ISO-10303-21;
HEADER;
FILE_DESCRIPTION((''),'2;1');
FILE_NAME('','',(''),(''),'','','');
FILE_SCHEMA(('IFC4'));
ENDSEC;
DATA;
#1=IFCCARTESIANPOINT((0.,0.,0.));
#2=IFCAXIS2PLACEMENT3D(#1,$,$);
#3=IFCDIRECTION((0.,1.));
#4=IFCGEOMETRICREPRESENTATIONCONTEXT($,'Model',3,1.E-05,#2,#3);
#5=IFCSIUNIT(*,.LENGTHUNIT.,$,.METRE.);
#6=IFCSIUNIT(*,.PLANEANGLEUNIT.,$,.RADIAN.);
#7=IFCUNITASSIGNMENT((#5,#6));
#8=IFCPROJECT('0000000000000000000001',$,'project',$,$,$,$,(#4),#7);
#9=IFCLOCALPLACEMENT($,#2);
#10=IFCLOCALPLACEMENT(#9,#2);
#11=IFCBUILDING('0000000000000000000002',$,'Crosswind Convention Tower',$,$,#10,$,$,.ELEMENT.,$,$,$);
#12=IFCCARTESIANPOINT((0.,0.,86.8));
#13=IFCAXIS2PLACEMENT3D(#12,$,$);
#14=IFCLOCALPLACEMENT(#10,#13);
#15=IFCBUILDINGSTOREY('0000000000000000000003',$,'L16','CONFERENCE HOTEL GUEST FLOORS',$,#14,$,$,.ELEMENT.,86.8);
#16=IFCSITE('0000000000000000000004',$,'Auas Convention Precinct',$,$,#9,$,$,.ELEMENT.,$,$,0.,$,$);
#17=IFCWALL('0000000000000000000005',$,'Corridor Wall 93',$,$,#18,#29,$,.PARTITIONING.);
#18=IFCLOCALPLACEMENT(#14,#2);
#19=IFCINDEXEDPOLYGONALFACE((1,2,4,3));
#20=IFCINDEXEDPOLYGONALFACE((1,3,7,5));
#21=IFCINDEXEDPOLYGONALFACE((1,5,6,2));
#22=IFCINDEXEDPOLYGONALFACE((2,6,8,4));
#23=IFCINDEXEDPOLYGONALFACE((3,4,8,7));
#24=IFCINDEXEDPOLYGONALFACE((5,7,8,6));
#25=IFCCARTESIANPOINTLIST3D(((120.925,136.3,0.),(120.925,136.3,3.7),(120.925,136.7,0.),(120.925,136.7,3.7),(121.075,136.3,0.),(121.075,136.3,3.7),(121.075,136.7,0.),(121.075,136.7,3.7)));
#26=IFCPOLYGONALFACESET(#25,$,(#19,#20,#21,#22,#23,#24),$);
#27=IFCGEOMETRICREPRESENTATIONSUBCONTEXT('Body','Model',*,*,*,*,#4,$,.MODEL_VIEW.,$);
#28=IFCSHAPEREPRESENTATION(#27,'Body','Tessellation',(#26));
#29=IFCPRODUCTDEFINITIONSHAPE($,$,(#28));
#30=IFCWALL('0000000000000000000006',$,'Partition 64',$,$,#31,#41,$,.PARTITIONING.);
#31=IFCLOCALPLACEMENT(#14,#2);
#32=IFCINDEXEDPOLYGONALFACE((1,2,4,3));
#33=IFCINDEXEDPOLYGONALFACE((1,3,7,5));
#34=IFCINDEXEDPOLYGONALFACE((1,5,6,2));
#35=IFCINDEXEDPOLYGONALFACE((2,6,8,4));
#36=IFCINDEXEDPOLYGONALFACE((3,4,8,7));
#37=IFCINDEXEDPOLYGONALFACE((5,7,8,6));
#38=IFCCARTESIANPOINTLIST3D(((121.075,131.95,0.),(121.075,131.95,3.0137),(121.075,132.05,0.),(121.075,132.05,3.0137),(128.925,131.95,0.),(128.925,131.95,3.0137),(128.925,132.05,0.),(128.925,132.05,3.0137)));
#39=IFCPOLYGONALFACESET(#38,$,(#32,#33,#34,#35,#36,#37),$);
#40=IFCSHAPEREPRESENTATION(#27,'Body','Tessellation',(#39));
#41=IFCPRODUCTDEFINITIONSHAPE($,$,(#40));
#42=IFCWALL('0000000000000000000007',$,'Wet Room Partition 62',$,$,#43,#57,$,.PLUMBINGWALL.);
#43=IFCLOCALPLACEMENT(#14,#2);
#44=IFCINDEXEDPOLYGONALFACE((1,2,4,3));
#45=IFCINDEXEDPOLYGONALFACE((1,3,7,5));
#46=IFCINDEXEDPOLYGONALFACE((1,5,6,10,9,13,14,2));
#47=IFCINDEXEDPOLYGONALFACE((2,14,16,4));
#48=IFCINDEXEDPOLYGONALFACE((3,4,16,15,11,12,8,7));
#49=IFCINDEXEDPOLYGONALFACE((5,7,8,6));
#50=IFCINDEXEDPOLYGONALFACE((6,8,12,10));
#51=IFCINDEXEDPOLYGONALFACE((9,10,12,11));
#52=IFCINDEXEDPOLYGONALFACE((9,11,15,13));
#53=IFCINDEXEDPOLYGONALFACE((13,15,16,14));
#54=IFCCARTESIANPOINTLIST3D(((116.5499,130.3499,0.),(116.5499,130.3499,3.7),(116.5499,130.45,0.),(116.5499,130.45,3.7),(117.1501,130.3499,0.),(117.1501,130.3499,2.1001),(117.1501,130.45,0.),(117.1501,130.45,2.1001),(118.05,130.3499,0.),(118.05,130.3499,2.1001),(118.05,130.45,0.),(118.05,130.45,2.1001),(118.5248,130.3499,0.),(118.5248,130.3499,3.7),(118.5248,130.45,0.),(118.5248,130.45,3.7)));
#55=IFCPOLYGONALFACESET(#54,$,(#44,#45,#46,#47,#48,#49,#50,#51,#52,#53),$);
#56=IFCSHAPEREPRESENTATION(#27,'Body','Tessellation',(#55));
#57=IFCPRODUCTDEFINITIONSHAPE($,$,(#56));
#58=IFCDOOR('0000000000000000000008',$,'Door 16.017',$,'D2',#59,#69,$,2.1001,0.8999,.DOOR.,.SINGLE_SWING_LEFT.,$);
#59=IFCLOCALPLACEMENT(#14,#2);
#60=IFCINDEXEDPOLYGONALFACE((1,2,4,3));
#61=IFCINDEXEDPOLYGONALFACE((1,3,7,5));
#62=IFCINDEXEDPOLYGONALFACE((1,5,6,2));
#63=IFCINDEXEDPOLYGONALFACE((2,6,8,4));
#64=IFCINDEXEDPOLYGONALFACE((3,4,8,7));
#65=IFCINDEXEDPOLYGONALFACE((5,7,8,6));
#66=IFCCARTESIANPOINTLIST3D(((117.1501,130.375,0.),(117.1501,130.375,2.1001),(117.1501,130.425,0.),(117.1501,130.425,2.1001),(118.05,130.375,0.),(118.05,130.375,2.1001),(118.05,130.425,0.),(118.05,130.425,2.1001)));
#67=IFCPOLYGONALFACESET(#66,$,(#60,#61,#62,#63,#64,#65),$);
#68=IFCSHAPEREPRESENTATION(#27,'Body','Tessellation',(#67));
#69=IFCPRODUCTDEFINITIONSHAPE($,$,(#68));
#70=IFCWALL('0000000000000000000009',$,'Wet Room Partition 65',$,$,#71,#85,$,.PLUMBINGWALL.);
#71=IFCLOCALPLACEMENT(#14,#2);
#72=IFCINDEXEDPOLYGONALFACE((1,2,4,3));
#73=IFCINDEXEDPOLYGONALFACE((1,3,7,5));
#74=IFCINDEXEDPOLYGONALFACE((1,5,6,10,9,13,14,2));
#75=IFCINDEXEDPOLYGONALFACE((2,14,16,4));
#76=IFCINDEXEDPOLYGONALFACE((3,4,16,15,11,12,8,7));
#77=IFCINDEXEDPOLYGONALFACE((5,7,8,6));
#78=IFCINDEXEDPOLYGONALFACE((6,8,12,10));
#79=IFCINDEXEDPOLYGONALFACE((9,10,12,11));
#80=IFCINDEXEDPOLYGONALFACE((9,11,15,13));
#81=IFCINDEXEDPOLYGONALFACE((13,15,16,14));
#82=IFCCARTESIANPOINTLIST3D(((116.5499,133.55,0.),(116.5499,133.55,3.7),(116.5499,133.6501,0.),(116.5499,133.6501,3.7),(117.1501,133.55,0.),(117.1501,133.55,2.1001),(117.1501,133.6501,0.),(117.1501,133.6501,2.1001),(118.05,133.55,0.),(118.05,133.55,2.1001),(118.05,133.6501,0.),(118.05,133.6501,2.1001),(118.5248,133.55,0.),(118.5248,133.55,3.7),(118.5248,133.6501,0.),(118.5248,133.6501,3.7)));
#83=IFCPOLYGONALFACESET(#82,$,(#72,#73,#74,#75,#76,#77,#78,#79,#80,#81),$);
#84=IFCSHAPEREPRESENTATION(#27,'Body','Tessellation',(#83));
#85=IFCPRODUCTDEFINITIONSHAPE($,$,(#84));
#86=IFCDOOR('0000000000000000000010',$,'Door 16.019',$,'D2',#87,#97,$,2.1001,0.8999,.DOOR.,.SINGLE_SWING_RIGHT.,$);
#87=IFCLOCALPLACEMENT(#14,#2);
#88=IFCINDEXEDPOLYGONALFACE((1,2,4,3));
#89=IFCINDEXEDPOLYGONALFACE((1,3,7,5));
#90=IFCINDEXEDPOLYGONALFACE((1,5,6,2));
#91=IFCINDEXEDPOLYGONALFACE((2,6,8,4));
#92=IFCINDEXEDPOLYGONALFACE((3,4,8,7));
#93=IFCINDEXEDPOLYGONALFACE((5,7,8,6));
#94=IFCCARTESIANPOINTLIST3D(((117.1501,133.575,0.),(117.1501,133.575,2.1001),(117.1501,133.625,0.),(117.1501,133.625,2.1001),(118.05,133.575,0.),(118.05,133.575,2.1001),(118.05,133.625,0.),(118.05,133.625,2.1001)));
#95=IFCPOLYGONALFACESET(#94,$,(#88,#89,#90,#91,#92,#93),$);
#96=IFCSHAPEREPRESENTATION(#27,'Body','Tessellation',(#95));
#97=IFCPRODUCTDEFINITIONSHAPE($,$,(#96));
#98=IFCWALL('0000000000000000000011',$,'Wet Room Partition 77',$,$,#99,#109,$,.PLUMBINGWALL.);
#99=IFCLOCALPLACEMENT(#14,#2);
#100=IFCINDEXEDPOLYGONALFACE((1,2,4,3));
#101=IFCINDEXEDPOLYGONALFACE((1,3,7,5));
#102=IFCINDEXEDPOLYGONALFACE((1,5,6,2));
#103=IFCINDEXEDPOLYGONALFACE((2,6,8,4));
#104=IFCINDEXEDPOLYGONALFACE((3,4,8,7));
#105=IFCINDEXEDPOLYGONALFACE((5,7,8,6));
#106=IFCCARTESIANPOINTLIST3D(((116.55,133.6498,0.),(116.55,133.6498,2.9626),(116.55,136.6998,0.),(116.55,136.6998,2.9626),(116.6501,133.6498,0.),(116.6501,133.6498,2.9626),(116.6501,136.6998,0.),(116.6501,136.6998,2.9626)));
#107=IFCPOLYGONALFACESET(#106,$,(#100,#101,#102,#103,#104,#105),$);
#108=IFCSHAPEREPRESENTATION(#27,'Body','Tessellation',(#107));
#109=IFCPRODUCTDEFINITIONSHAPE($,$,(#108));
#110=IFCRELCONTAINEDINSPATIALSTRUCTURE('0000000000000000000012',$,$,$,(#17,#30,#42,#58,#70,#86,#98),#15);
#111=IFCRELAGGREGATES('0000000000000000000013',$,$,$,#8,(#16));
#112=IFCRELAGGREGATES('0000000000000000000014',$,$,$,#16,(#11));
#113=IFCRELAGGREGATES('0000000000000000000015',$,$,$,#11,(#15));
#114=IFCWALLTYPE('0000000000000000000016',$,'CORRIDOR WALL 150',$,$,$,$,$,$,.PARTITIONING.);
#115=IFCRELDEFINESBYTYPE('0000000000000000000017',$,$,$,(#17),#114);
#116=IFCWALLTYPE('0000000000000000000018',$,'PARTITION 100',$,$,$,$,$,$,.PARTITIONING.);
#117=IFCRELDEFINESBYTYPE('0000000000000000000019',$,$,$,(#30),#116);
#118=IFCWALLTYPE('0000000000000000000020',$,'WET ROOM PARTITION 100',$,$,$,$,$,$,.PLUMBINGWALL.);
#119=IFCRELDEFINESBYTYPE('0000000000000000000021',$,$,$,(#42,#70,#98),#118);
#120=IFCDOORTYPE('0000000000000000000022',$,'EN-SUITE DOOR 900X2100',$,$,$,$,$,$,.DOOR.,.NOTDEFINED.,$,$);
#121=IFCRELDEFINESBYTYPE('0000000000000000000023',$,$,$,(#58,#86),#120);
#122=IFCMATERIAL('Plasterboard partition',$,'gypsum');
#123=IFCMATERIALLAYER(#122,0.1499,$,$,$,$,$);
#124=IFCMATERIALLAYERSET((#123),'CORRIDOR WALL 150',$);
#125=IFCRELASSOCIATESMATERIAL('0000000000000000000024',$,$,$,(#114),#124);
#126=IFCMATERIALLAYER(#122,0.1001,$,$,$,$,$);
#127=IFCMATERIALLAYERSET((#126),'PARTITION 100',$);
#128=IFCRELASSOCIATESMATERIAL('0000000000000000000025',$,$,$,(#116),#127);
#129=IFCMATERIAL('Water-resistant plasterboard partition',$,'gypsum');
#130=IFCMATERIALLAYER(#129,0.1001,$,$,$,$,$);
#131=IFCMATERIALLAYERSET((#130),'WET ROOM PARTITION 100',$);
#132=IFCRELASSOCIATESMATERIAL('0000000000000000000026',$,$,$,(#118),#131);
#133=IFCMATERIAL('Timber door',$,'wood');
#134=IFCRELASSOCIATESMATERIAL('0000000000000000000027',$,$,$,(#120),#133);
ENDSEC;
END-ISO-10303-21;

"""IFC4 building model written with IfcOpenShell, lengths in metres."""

from ifc_helpers import new_model, si_unit, direction, frame, frame_2d, origin, place, context, subcontext, project, spatial, rectangle, extrude, material, layer, layer_set, type_object, element, fill, save


model = new_model("IFC4")

# Units and contexts
model_context = context("Model", 3, precision=1e-05, world=origin(), true_north=direction((0.0, 1.0)))
body_context = subcontext(model_context, "Body", "Model", "MODEL_VIEW")
ifc_project = project(units=[si_unit("LENGTHUNIT", "METRE"), si_unit("PLANEANGLEUNIT", "RADIAN")], contexts=[model_context])

# Site, building, storey
site_placement = place(None, origin())
site = spatial("IfcSite", under=ifc_project, at=site_placement, Name="Auas Convention Precinct", CompositionType="ELEMENT", RefElevation=0.0)
building_placement = place(site_placement, origin())
building = spatial("IfcBuilding", under=site, at=building_placement, Name="Crosswind Convention Tower", CompositionType="ELEMENT")
storey_placement = place(building_placement, frame((0.0, 0.0, 86.8)))
storey = spatial("IfcBuildingStorey", under=building, at=storey_placement, Name="L16", Description="CONFERENCE HOTEL GUEST FLOORS", CompositionType="ELEMENT", Elevation=86.8)

# Shared definitions
ifc_material_1 = material(Name="Plasterboard partition", Category="gypsum")
ifc_layer_1 = layer(ifc_material_1, 0.1499)
ifc_layer_set_1 = layer_set([ifc_layer_1], Name="CORRIDOR WALL 150")
wall_type_1 = type_object("IfcWallType", Name="CORRIDOR WALL 150", PredefinedType="PARTITIONING", material=ifc_layer_set_1)

# Walls
wall_1_placement = place(storey_placement, frame((121.0, 136.3, 0.0), z_axis=(0.0, 0.0, 1.0), x_axis=(0.0, 1.0, 0.0)))
element("IfcWall", 1, at=wall_1_placement, inside=storey, type_object=wall_type_1, Name="Corridor Wall 93", PredefinedType="PARTITIONING", context=body_context, shape_type="SweptSolid", body=[
    extrude(rectangle(XDim=0.3999, YDim=0.1499, at=frame_2d((0.2, 0.0))), origin(), (0.0, 0.0, 1.0), 3.7),
])
ifc_layer_2 = layer(ifc_material_1, 0.1001)
ifc_layer_set_2 = layer_set([ifc_layer_2], Name="PARTITION 100")
wall_type_2 = type_object("IfcWallType", Name="PARTITION 100", PredefinedType="PARTITIONING", material=ifc_layer_set_2)
wall_2_placement = place(storey_placement, frame((121.075, 132.0, 0.0), z_axis=(0.0, 0.0, 1.0), x_axis=(1.0, 0.0, 0.0)))
element("IfcWall", 2, at=wall_2_placement, inside=storey, type_object=wall_type_2, Name="Partition 64", PredefinedType="PARTITIONING", context=body_context, shape_type="SweptSolid", body=[
    extrude(rectangle(XDim=7.8501, YDim=0.1001, at=frame_2d((3.925, 0.0))), origin(), (0.0, 0.0, 1.0), 3.0137),
])

# Walls, openings, doors
ifc_material_2 = material(Name="Water-resistant plasterboard partition", Category="gypsum")
ifc_layer_3 = layer(ifc_material_2, 0.1001)
ifc_layer_set_3 = layer_set([ifc_layer_3], Name="WET ROOM PARTITION 100")
wall_type_3 = type_object("IfcWallType", Name="WET ROOM PARTITION 100", PredefinedType="PLUMBINGWALL", material=ifc_layer_set_3)
wall_3_placement = place(storey_placement, frame((116.55, 130.3999, 0.0), z_axis=(0.0, 0.0, 1.0), x_axis=(1.0, 0.0, 0.0)))
wall_3 = element("IfcWall", 3, at=wall_3_placement, inside=storey, type_object=wall_type_3, Name="Wet Room Partition 62", PredefinedType="PLUMBINGWALL", context=body_context, shape_type="SweptSolid", body=[
    extrude(rectangle(XDim=1.9749, YDim=0.1001, at=frame_2d((0.9873, 0.0))), origin(), (0.0, 0.0, 1.0), 3.7),
])
opening_1_placement = place(wall_3_placement, frame((0.6001, 0.0, 0.0)))
opening_1 = element("IfcOpeningElement", 4, at=opening_1_placement, cuts=wall_3, PredefinedType="OPENING", context=body_context, shape_type="SweptSolid", body=[
    extrude(rectangle(XDim=0.8999, YDim=2.1001, at=frame_2d((0.45, 1.05))), frame((0.0, 0.0601, 0.0), z_axis=(0.0, -1.0, 0.0), x_axis=(1.0, 0.0, 0.0)), (0.0, 0.0, 1.0), 0.1201),
])
ifc_material_3 = material(Name="Timber door", Category="wood")
door_type_1 = type_object("IfcDoorType", Name="EN-SUITE DOOR 900X2100", OperationType="NOTDEFINED", PredefinedType="DOOR", material=ifc_material_3)
door_1_placement = place(opening_1_placement, frame((0.8999, 0.0, 0.0), z_axis=(0.0, 0.0, 1.0), x_axis=(-1.0, 0.0, 0.0)))
door_1 = element("IfcDoor", 5, at=door_1_placement, inside=storey, type_object=door_type_1, Name="Door 16.017", ObjectType="D2", OperationType="SINGLE_SWING_LEFT", OverallHeight=2.1001, OverallWidth=0.8999, PredefinedType="DOOR", context=body_context, shape_type="SweptSolid", body=[
    extrude(rectangle(XDim=0.8999, YDim=2.1001, at=frame_2d((0.45, 1.05))), frame((0.0, 0.0249, 0.0), z_axis=(0.0, -1.0, 0.0), x_axis=(1.0, 0.0, 0.0)), (0.0, 0.0, 1.0), 0.05),
])
fill(opening_1, door_1)
wall_4_placement = place(storey_placement, frame((116.55, 133.6001, 0.0), z_axis=(0.0, 0.0, 1.0), x_axis=(1.0, 0.0, 0.0)))
wall_4 = element("IfcWall", 6, at=wall_4_placement, inside=storey, type_object=wall_type_3, Name="Wet Room Partition 65", PredefinedType="PLUMBINGWALL", context=body_context, shape_type="SweptSolid", body=[
    extrude(rectangle(XDim=1.9749, YDim=0.1001, at=frame_2d((0.9873, 0.0))), origin(), (0.0, 0.0, 1.0), 3.7),
])
opening_2_placement = place(wall_4_placement, frame((0.6001, 0.0, 0.0)))
opening_2 = element("IfcOpeningElement", 7, at=opening_2_placement, cuts=wall_4, PredefinedType="OPENING", context=body_context, shape_type="SweptSolid", body=[
    extrude(rectangle(XDim=0.8999, YDim=2.1001, at=frame_2d((0.45, 1.05))), frame((0.0, 0.0601, 0.0), z_axis=(0.0, -1.0, 0.0), x_axis=(1.0, 0.0, 0.0)), (0.0, 0.0, 1.0), 0.1201),
])
door_2_placement = place(opening_2_placement, origin())
door_2 = element("IfcDoor", 8, at=door_2_placement, inside=storey, type_object=door_type_1, Name="Door 16.019", ObjectType="D2", OperationType="SINGLE_SWING_RIGHT", OverallHeight=2.1001, OverallWidth=0.8999, PredefinedType="DOOR", context=body_context, shape_type="SweptSolid", body=[
    extrude(rectangle(XDim=0.8999, YDim=2.1001, at=frame_2d((0.45, 1.05))), frame((0.0, 0.0249, 0.0), z_axis=(0.0, -1.0, 0.0), x_axis=(1.0, 0.0, 0.0)), (0.0, 0.0, 1.0), 0.05),
])
fill(opening_2, door_2)

# Wall
wall_5_placement = place(storey_placement, frame((116.6001, 133.6499, 0.0), z_axis=(0.0, 0.0, 1.0), x_axis=(0.0, 1.0, 0.0)))
element("IfcWall", 9, at=wall_5_placement, inside=storey, type_object=wall_type_3, Name="Wet Room Partition 77", PredefinedType="PLUMBINGWALL", context=body_context, shape_type="SweptSolid", body=[
    extrude(rectangle(XDim=3.05, YDim=0.1001, at=frame_2d((1.5249, 0.0))), origin(), (0.0, 0.0, 1.0), 2.9626),
])

save(model, "model.ifc")
